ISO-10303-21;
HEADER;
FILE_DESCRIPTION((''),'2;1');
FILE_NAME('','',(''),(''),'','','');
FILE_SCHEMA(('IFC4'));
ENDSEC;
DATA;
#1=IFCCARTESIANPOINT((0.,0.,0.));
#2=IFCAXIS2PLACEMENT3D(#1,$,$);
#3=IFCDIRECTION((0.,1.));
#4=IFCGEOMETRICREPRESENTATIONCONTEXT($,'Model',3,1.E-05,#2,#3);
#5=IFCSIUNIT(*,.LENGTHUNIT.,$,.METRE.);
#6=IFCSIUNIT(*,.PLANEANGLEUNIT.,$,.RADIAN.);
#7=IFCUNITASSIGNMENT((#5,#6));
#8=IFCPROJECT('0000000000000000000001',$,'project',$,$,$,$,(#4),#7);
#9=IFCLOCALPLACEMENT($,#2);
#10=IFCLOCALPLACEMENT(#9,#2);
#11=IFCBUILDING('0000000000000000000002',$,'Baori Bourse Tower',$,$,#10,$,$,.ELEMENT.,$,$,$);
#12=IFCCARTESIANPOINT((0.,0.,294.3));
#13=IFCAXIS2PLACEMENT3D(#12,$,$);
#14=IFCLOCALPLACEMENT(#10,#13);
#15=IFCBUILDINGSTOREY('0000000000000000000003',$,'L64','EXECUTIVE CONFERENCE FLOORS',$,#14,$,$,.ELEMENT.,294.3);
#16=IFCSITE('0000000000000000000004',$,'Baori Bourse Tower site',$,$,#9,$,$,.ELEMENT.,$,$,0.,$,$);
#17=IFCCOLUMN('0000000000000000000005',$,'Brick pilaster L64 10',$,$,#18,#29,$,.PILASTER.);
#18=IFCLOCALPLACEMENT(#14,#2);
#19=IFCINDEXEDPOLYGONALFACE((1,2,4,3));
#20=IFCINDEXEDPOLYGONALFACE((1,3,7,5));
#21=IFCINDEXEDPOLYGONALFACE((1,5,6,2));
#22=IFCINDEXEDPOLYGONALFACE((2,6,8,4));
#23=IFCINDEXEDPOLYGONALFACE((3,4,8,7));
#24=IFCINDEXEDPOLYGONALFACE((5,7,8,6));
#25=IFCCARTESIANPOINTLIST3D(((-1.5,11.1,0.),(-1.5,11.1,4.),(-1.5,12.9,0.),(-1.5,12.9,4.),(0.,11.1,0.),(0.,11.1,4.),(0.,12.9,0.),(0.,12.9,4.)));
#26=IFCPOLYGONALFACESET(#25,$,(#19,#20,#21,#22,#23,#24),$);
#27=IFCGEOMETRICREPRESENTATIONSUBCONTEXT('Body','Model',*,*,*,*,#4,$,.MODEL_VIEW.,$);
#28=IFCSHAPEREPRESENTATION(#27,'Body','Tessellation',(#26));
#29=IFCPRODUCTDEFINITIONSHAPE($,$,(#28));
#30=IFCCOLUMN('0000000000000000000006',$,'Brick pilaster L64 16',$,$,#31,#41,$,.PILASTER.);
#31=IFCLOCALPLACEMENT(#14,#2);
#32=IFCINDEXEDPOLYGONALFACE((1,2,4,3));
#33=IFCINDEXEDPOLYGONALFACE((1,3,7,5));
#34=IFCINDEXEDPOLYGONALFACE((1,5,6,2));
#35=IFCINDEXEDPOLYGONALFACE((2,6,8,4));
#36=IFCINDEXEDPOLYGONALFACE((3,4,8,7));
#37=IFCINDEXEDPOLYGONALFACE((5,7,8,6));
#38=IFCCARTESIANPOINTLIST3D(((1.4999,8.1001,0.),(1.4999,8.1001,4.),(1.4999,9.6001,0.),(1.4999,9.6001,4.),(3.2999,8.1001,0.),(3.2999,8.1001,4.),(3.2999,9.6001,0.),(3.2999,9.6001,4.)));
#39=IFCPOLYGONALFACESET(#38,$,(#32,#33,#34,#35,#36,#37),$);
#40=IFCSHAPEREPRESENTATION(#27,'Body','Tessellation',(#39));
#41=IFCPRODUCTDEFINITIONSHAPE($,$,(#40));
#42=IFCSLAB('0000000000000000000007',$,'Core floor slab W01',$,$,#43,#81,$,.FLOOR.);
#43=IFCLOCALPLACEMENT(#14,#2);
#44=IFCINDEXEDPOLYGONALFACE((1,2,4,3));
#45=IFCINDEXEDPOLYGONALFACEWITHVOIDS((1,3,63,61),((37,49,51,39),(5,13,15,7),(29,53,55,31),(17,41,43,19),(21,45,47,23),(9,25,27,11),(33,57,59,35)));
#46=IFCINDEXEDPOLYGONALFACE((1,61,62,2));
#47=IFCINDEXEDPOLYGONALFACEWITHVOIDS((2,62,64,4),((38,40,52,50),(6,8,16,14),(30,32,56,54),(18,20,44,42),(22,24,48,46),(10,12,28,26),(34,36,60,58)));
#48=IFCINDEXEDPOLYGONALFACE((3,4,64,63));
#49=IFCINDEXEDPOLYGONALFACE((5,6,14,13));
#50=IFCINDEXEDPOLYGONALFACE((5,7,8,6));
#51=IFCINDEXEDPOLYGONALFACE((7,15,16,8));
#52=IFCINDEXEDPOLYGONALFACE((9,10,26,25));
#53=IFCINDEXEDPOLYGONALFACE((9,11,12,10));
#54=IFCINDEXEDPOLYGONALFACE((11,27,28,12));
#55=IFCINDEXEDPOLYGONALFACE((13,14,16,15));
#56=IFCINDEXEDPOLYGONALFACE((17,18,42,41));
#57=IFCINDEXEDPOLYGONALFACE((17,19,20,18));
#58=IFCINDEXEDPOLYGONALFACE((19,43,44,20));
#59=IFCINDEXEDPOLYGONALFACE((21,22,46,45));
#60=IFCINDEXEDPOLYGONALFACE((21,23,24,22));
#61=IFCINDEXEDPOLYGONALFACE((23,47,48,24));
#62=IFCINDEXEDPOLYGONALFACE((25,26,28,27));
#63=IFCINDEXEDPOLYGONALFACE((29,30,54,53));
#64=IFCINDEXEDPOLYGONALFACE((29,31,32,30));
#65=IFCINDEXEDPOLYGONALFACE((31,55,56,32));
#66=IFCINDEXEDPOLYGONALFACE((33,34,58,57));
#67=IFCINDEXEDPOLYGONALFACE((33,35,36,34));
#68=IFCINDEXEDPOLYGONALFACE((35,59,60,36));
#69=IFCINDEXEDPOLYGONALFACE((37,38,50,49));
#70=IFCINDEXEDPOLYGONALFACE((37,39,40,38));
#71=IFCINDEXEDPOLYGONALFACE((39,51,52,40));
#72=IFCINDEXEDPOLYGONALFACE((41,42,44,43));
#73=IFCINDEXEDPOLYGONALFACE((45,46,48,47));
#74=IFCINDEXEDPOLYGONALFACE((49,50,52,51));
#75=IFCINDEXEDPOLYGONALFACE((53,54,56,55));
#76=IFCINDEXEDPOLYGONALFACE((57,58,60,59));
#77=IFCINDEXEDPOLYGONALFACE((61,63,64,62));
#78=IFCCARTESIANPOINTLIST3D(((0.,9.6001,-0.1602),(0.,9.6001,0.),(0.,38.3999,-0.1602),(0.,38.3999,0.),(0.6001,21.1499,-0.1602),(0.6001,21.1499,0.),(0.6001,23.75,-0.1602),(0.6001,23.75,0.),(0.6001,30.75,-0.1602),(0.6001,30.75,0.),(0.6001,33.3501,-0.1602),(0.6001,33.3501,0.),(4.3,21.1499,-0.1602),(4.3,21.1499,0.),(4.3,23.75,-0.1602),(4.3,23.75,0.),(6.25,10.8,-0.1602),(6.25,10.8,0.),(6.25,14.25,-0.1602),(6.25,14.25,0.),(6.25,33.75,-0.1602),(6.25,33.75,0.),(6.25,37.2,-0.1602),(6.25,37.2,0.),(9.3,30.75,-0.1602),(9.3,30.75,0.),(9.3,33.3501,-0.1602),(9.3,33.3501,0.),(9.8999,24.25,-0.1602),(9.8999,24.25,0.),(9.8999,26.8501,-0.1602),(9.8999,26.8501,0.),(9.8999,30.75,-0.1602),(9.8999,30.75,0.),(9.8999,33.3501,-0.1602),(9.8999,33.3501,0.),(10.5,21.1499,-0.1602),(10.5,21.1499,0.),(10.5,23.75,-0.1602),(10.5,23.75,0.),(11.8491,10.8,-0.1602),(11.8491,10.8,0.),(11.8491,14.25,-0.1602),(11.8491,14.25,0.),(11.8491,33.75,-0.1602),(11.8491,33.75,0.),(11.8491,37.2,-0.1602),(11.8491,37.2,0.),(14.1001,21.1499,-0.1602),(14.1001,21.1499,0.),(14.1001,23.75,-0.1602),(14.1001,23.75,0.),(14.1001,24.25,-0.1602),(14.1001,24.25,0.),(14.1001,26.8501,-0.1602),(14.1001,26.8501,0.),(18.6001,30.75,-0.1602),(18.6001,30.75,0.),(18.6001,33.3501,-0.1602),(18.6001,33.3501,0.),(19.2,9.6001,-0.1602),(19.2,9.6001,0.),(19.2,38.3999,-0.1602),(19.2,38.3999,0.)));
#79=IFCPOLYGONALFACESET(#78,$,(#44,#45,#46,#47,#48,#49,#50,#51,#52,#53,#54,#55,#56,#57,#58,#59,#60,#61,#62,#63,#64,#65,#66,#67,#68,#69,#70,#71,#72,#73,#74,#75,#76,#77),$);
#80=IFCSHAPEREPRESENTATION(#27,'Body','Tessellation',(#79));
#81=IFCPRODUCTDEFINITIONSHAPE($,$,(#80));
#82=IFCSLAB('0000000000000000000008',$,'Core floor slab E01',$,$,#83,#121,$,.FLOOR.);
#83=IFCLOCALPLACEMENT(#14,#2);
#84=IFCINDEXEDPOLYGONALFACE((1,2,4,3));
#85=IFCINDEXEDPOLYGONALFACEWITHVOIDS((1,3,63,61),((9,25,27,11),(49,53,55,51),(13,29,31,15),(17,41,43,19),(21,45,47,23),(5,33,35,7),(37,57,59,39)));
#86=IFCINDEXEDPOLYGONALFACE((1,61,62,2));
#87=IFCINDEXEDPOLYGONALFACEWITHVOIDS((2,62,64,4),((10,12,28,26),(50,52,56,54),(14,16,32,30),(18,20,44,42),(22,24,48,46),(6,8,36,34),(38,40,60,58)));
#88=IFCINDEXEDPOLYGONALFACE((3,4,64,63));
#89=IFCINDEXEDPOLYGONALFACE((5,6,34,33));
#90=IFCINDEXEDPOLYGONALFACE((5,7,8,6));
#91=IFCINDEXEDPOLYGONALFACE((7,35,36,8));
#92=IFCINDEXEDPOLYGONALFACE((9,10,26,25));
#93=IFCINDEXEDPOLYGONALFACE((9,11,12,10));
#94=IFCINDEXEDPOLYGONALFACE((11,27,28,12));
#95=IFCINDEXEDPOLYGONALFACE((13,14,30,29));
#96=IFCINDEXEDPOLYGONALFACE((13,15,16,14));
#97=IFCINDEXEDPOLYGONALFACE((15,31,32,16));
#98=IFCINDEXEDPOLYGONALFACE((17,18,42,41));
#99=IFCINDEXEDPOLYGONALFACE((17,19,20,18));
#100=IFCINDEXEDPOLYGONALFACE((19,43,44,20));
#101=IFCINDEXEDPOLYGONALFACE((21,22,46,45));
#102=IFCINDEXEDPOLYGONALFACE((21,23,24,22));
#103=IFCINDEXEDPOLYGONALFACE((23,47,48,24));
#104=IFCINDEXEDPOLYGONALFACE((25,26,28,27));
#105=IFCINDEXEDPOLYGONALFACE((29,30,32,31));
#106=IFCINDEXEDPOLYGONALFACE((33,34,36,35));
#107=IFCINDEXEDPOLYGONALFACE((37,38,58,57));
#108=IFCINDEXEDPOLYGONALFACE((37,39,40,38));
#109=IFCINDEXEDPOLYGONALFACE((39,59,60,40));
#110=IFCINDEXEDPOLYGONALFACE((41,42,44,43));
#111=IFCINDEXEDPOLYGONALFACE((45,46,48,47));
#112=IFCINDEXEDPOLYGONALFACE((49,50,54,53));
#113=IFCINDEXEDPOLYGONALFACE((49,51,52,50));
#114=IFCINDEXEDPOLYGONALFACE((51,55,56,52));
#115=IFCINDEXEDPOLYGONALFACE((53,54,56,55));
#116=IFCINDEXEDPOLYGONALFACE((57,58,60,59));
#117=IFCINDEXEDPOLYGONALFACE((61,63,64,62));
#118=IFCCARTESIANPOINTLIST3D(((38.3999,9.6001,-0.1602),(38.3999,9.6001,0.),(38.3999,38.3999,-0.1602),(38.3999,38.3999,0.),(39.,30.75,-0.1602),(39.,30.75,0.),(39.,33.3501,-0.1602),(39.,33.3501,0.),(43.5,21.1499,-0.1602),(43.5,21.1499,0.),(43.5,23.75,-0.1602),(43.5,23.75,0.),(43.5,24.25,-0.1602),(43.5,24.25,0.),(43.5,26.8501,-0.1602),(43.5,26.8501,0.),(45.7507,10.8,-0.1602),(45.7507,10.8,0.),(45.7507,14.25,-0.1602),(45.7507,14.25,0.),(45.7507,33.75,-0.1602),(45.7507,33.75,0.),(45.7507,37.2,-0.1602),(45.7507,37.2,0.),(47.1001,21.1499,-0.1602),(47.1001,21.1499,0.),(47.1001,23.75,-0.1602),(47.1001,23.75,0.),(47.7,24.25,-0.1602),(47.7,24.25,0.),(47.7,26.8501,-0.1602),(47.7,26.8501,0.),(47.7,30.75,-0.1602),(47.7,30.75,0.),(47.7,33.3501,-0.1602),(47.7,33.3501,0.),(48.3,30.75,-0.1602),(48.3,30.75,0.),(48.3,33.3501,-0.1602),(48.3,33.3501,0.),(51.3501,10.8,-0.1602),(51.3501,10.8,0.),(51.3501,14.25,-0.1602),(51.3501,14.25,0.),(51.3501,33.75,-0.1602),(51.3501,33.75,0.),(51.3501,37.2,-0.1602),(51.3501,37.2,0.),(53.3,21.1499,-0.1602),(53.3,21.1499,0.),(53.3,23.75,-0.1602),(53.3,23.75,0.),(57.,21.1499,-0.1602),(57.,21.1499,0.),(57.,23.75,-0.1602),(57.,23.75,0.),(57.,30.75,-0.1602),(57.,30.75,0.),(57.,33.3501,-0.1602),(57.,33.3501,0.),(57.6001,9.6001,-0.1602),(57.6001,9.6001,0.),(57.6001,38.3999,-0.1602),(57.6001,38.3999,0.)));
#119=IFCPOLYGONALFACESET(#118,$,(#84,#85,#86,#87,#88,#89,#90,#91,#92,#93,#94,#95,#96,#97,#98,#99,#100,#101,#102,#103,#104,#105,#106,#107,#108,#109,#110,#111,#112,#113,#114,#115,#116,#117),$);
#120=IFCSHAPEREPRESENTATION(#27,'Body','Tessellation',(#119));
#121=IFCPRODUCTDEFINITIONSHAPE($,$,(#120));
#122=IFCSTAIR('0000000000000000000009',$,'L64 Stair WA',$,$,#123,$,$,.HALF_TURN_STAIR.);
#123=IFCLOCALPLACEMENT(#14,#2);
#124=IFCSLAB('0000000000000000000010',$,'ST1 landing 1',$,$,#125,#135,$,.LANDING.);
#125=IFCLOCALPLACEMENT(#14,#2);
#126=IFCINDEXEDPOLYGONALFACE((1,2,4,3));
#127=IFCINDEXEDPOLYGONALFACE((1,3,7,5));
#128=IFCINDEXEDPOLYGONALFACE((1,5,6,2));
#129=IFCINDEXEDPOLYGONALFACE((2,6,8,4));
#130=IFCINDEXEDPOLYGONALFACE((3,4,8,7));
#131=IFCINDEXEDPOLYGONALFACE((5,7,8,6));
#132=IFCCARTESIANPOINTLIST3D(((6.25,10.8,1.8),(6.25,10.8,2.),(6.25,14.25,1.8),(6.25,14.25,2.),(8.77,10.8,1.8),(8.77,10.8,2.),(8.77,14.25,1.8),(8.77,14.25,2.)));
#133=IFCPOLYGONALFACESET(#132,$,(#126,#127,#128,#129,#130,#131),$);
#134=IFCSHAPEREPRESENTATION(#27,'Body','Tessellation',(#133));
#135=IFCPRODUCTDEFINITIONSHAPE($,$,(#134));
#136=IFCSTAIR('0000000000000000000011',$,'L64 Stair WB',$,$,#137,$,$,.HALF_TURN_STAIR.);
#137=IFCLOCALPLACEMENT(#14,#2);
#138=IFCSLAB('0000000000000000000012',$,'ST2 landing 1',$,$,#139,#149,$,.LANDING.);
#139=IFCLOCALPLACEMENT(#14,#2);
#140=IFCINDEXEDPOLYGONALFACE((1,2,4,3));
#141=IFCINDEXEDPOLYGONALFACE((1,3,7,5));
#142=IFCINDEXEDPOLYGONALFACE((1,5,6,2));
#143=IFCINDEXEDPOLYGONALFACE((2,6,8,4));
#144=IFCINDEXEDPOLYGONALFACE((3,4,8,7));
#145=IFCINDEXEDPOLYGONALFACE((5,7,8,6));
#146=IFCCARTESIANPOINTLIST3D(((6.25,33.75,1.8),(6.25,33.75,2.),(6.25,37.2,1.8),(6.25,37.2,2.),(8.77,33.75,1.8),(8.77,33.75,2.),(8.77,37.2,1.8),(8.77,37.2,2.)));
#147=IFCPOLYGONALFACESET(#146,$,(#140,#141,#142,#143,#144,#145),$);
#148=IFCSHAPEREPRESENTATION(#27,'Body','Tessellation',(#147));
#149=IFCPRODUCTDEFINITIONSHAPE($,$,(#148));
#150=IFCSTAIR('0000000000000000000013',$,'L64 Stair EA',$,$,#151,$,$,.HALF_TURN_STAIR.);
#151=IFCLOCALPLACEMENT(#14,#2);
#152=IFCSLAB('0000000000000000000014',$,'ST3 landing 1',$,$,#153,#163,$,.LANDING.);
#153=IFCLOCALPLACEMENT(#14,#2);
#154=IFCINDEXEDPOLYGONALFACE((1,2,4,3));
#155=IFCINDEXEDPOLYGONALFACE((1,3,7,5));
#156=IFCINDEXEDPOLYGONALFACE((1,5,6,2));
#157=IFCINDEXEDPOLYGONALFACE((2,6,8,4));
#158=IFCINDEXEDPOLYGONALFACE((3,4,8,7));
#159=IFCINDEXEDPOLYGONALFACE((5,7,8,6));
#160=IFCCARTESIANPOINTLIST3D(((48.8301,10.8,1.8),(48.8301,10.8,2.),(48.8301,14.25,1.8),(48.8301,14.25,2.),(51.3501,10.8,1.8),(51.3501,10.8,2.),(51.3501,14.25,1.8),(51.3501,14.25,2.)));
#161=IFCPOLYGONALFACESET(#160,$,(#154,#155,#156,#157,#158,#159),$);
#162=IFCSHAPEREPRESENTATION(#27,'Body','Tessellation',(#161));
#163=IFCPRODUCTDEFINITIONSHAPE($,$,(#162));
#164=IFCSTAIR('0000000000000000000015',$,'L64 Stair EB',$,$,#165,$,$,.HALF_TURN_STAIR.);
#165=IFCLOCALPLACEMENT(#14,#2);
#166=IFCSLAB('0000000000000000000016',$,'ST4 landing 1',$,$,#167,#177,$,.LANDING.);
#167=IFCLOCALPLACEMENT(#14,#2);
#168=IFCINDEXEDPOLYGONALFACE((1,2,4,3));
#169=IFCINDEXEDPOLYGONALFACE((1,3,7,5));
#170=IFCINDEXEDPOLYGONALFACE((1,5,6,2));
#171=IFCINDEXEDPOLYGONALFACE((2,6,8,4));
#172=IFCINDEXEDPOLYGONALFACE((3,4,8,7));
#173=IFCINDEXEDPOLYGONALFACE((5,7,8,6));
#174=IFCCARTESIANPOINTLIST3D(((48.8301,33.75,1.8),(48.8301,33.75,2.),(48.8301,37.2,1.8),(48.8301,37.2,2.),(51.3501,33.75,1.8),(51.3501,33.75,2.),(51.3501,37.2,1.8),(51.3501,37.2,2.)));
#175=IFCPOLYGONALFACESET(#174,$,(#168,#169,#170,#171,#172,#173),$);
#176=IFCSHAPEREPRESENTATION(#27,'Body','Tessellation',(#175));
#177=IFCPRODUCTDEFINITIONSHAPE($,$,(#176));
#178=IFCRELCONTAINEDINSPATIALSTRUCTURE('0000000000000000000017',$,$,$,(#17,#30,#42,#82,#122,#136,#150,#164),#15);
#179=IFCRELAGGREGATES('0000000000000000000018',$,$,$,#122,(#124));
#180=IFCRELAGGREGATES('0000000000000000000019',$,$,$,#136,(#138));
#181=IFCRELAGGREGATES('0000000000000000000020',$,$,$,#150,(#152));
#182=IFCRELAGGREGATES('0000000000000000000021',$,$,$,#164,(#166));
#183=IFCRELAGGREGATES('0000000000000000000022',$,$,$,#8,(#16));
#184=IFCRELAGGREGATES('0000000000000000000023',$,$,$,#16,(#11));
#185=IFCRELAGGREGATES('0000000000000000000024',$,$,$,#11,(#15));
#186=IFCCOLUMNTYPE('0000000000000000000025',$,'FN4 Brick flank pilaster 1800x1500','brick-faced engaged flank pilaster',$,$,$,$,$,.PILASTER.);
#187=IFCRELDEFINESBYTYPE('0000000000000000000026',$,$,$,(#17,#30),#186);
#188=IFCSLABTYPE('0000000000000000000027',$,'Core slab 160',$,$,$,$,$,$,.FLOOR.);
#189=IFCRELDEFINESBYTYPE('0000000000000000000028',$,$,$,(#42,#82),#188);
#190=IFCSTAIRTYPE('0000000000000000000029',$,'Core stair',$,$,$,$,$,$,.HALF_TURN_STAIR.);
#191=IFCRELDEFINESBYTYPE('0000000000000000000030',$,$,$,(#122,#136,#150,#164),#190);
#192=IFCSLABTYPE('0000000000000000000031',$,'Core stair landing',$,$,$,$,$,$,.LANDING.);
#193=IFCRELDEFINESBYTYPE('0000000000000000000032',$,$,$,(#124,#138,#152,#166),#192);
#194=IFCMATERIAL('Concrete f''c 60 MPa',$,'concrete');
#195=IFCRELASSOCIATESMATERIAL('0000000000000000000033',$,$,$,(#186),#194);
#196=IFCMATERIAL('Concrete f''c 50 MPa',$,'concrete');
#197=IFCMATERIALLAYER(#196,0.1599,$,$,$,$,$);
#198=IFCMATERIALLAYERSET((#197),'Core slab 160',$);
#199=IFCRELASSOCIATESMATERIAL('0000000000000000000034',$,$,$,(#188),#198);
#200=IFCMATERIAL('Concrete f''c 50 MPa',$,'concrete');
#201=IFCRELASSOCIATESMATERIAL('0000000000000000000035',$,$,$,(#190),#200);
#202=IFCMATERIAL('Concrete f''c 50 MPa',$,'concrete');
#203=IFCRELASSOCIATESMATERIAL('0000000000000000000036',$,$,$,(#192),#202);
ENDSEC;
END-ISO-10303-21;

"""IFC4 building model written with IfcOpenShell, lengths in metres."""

from ifc_helpers import new_model, si_unit, direction, frame, origin, origin_2d, place, context, subcontext, project, spatial, polyline, rectangle, outline, extrude, material, layer, layer_set, material_profile, profile_set, type_object, element, aggregate, save


model = new_model("IFC4")

# Units and contexts
model_context = context("Model", 3, precision=1e-05, world=origin(), true_north=direction((0.0, 1.0)))
body_context = subcontext(model_context, "Body", "Model", "MODEL_VIEW")
ifc_project = project(units=[si_unit("LENGTHUNIT", "METRE"), si_unit("PLANEANGLEUNIT", "RADIAN")], contexts=[model_context])

# Site, building, storey
site_placement = place(None, origin())
site = spatial("IfcSite", under=ifc_project, at=site_placement, Name="Baori Bourse Tower site", CompositionType="ELEMENT", RefElevation=0.0)
building_placement = place(site_placement, origin())
building = spatial("IfcBuilding", under=site, at=building_placement, Name="Baori Bourse Tower", CompositionType="ELEMENT")
storey_placement = place(building_placement, frame((0.0, 0.0, 294.3)))
storey = spatial("IfcBuildingStorey", under=building, at=storey_placement, Name="L64", Description="EXECUTIVE CONFERENCE FLOORS", CompositionType="ELEMENT", Elevation=294.3)

# Columns
ifc_material_1 = material(Name="Concrete f'c 60 MPa", Category="concrete")
ifc_material_profile = material_profile(ifc_material_1, rectangle(XDim=1.8, YDim=1.5, at=origin_2d()), Name="RC 1800x1500")
ifc_profile_set = profile_set([ifc_material_profile], Name="Concrete f'c 60 MPa")
column_type = type_object("IfcColumnType", Name="FN4 Brick flank pilaster 1800x1500", Description="brick-faced engaged flank pilaster", PredefinedType="PILASTER", material=ifc_profile_set)
for number, where, z_axis, x_axis, name in (
    (1, (-0.75, 12.0, 0.0), (0.0, 0.0, 1.0), (0.0, 1.0, 0.0), "Brick pilaster L64 10"),
    (2, (2.3999, 8.8501, 0.0), (0.0, 0.0, 1.0), (1.0, 0.0, 0.0), "Brick pilaster L64 16"),
):
    element("IfcColumn", number, at=place(storey_placement, frame(where, z_axis=z_axis, x_axis=x_axis)), inside=storey, type_object=column_type, Name=name, PredefinedType="PILASTER", context=body_context, shape_type="SweptSolid", body=[
        extrude(rectangle(XDim=1.8, YDim=1.5, at=origin_2d()), origin(), (0.0, 0.0, 1.0), 4.0),
    ])

# Slabs
ifc_material_2 = material(Name="Concrete f'c 50 MPa", Category="concrete")
ifc_layer_1 = layer(ifc_material_2, 0.1599)
ifc_layer_set_1 = layer_set([ifc_layer_1], Name="Core slab 160")
slab_type_1 = type_object("IfcSlabType", Name="Core slab 160", PredefinedType="FLOOR", material=ifc_layer_set_1)
slab_1_placement = place(storey_placement, frame((0.0, 0.0, -0.1602)))
element("IfcSlab", 3, at=slab_1_placement, inside=storey, type_object=slab_type_1, Name="Core floor slab W01", PredefinedType="FLOOR", context=body_context, shape_type="SweptSolid", body=[
    extrude(outline(polyline([(19.2, 38.3999), (0.0, 38.3999), (0.0, 9.6001), (19.2, 9.6001), (19.2, 38.3999)]), holes=[polyline([(9.8999, 33.3501), (18.6001, 33.3501), (18.6001, 30.75), (9.8999, 30.75), (9.8999, 33.3501)]), polyline([(10.5, 21.1499), (10.5, 23.75), (14.1001, 23.75), (14.1001, 21.1499), (10.5, 21.1499)]), polyline([(14.1001, 24.25), (9.8999, 24.25), (9.8999, 26.8501), (14.1001, 26.8501), (14.1001, 24.25)]), polyline([(6.25, 14.25), (11.8491, 14.25), (11.8491, 10.8), (6.25, 10.8), (6.25, 14.25)]), polyline([(11.8491, 37.2), (11.8491, 33.75), (6.25, 33.75), (6.25, 37.2), (11.8491, 37.2)]), polyline([(0.6001, 30.75), (0.6001, 33.3501), (9.3, 33.3501), (9.3, 30.75), (0.6001, 30.75)]), polyline([(4.3, 23.75), (4.3, 21.1499), (0.6001, 21.1499), (0.6001, 23.75), (4.3, 23.75)])]), origin(), (0.0, 0.0, 1.0), 0.1602),
])
slab_2_placement = place(storey_placement, frame((0.0, 0.0, -0.1602)))
element("IfcSlab", 4, at=slab_2_placement, inside=storey, type_object=slab_type_1, Name="Core floor slab E01", PredefinedType="FLOOR", context=body_context, shape_type="SweptSolid", body=[
    extrude(outline(polyline([(57.6001, 9.6001), (57.6001, 38.3999), (38.3999, 38.3999), (38.3999, 9.6001), (57.6001, 9.6001)]), holes=[polyline([(48.3, 33.3501), (57.0, 33.3501), (57.0, 30.75), (48.3, 30.75), (48.3, 33.3501)]), polyline([(57.0, 21.1499), (53.3, 21.1499), (53.3, 23.75), (57.0, 23.75), (57.0, 21.1499)]), polyline([(45.7507, 14.25), (51.3501, 14.25), (51.3501, 10.8), (45.7507, 10.8), (45.7507, 14.25)]), polyline([(51.3501, 37.2), (51.3501, 33.75), (45.7507, 33.75), (45.7507, 37.2), (51.3501, 37.2)]), polyline([(43.5, 24.25), (43.5, 26.8501), (47.7, 26.8501), (47.7, 24.25), (43.5, 24.25)]), polyline([(47.7, 33.3501), (47.7, 30.75), (39.0, 30.75), (39.0, 33.3501), (47.7, 33.3501)]), polyline([(43.5, 23.75), (47.1001, 23.75), (47.1001, 21.1499), (43.5, 21.1499), (43.5, 23.75)])]), origin(), (0.0, 0.0, 1.0), 0.1602),
])

# Stairs, slabs
ifc_material_3 = material(Name="Concrete f'c 50 MPa", Category="concrete")
stair_type = type_object("IfcStairType", Name="Core stair", PredefinedType="HALF_TURN_STAIR", material=ifc_material_3)
stair_1_placement = place(storey_placement, origin())
stair_1 = element("IfcStair", 5, at=stair_1_placement, inside=storey, type_object=stair_type, Name="L64 Stair WA", PredefinedType="HALF_TURN_STAIR")
ifc_material_4 = material(Name="Concrete f'c 50 MPa", Category="concrete")
slab_type_2 = type_object("IfcSlabType", Name="Core stair landing", PredefinedType="LANDING", material=ifc_material_4)
slab_3_placement = place(storey_placement, frame((0.0, 0.0, 1.8)))
slab_3 = element("IfcSlab", 6, at=slab_3_placement, type_object=slab_type_2, Name="ST1 landing 1", PredefinedType="LANDING", context=body_context, shape_type="SweptSolid", body=[
    extrude(outline(polyline([(8.77, 14.25), (6.25, 14.25), (6.25, 10.8), (8.77, 10.8), (8.77, 14.25)])), origin(), (0.0, 0.0, 1.0), 0.2),
])
aggregate(stair_1, [slab_3])
stair_2_placement = place(storey_placement, origin())
stair_2 = element("IfcStair", 7, at=stair_2_placement, inside=storey, type_object=stair_type, Name="L64 Stair WB", PredefinedType="HALF_TURN_STAIR")
slab_4_placement = place(storey_placement, frame((0.0, 0.0, 1.8)))
slab_4 = element("IfcSlab", 8, at=slab_4_placement, type_object=slab_type_2, Name="ST2 landing 1", PredefinedType="LANDING", context=body_context, shape_type="SweptSolid", body=[
    extrude(outline(polyline([(8.77, 37.2), (6.25, 37.2), (6.25, 33.75), (8.77, 33.75), (8.77, 37.2)])), origin(), (0.0, 0.0, 1.0), 0.2),
])
aggregate(stair_2, [slab_4])
stair_3_placement = place(storey_placement, origin())
stair_3 = element("IfcStair", 9, at=stair_3_placement, inside=storey, type_object=stair_type, Name="L64 Stair EA", PredefinedType="HALF_TURN_STAIR")
slab_5_placement = place(storey_placement, frame((0.0, 0.0, 1.8)))
slab_5 = element("IfcSlab", 10, at=slab_5_placement, type_object=slab_type_2, Name="ST3 landing 1", PredefinedType="LANDING", context=body_context, shape_type="SweptSolid", body=[
    extrude(outline(polyline([(48.8301, 10.8), (51.3501, 10.8), (51.3501, 14.25), (48.8301, 14.25), (48.8301, 10.8)])), origin(), (0.0, 0.0, 1.0), 0.2),
])
aggregate(stair_3, [slab_5])
stair_4_placement = place(storey_placement, origin())
stair_4 = element("IfcStair", 11, at=stair_4_placement, inside=storey, type_object=stair_type, Name="L64 Stair EB", PredefinedType="HALF_TURN_STAIR")
slab_6_placement = place(storey_placement, frame((0.0, 0.0, 1.8)))
slab_6 = element("IfcSlab", 12, at=slab_6_placement, type_object=slab_type_2, Name="ST4 landing 1", PredefinedType="LANDING", context=body_context, shape_type="SweptSolid", body=[
    extrude(outline(polyline([(48.8301, 33.75), (51.3501, 33.75), (51.3501, 37.2), (48.8301, 37.2), (48.8301, 33.75)])), origin(), (0.0, 0.0, 1.0), 0.2),
])
aggregate(stair_4, [slab_6])

save(model, "model.ifc")
